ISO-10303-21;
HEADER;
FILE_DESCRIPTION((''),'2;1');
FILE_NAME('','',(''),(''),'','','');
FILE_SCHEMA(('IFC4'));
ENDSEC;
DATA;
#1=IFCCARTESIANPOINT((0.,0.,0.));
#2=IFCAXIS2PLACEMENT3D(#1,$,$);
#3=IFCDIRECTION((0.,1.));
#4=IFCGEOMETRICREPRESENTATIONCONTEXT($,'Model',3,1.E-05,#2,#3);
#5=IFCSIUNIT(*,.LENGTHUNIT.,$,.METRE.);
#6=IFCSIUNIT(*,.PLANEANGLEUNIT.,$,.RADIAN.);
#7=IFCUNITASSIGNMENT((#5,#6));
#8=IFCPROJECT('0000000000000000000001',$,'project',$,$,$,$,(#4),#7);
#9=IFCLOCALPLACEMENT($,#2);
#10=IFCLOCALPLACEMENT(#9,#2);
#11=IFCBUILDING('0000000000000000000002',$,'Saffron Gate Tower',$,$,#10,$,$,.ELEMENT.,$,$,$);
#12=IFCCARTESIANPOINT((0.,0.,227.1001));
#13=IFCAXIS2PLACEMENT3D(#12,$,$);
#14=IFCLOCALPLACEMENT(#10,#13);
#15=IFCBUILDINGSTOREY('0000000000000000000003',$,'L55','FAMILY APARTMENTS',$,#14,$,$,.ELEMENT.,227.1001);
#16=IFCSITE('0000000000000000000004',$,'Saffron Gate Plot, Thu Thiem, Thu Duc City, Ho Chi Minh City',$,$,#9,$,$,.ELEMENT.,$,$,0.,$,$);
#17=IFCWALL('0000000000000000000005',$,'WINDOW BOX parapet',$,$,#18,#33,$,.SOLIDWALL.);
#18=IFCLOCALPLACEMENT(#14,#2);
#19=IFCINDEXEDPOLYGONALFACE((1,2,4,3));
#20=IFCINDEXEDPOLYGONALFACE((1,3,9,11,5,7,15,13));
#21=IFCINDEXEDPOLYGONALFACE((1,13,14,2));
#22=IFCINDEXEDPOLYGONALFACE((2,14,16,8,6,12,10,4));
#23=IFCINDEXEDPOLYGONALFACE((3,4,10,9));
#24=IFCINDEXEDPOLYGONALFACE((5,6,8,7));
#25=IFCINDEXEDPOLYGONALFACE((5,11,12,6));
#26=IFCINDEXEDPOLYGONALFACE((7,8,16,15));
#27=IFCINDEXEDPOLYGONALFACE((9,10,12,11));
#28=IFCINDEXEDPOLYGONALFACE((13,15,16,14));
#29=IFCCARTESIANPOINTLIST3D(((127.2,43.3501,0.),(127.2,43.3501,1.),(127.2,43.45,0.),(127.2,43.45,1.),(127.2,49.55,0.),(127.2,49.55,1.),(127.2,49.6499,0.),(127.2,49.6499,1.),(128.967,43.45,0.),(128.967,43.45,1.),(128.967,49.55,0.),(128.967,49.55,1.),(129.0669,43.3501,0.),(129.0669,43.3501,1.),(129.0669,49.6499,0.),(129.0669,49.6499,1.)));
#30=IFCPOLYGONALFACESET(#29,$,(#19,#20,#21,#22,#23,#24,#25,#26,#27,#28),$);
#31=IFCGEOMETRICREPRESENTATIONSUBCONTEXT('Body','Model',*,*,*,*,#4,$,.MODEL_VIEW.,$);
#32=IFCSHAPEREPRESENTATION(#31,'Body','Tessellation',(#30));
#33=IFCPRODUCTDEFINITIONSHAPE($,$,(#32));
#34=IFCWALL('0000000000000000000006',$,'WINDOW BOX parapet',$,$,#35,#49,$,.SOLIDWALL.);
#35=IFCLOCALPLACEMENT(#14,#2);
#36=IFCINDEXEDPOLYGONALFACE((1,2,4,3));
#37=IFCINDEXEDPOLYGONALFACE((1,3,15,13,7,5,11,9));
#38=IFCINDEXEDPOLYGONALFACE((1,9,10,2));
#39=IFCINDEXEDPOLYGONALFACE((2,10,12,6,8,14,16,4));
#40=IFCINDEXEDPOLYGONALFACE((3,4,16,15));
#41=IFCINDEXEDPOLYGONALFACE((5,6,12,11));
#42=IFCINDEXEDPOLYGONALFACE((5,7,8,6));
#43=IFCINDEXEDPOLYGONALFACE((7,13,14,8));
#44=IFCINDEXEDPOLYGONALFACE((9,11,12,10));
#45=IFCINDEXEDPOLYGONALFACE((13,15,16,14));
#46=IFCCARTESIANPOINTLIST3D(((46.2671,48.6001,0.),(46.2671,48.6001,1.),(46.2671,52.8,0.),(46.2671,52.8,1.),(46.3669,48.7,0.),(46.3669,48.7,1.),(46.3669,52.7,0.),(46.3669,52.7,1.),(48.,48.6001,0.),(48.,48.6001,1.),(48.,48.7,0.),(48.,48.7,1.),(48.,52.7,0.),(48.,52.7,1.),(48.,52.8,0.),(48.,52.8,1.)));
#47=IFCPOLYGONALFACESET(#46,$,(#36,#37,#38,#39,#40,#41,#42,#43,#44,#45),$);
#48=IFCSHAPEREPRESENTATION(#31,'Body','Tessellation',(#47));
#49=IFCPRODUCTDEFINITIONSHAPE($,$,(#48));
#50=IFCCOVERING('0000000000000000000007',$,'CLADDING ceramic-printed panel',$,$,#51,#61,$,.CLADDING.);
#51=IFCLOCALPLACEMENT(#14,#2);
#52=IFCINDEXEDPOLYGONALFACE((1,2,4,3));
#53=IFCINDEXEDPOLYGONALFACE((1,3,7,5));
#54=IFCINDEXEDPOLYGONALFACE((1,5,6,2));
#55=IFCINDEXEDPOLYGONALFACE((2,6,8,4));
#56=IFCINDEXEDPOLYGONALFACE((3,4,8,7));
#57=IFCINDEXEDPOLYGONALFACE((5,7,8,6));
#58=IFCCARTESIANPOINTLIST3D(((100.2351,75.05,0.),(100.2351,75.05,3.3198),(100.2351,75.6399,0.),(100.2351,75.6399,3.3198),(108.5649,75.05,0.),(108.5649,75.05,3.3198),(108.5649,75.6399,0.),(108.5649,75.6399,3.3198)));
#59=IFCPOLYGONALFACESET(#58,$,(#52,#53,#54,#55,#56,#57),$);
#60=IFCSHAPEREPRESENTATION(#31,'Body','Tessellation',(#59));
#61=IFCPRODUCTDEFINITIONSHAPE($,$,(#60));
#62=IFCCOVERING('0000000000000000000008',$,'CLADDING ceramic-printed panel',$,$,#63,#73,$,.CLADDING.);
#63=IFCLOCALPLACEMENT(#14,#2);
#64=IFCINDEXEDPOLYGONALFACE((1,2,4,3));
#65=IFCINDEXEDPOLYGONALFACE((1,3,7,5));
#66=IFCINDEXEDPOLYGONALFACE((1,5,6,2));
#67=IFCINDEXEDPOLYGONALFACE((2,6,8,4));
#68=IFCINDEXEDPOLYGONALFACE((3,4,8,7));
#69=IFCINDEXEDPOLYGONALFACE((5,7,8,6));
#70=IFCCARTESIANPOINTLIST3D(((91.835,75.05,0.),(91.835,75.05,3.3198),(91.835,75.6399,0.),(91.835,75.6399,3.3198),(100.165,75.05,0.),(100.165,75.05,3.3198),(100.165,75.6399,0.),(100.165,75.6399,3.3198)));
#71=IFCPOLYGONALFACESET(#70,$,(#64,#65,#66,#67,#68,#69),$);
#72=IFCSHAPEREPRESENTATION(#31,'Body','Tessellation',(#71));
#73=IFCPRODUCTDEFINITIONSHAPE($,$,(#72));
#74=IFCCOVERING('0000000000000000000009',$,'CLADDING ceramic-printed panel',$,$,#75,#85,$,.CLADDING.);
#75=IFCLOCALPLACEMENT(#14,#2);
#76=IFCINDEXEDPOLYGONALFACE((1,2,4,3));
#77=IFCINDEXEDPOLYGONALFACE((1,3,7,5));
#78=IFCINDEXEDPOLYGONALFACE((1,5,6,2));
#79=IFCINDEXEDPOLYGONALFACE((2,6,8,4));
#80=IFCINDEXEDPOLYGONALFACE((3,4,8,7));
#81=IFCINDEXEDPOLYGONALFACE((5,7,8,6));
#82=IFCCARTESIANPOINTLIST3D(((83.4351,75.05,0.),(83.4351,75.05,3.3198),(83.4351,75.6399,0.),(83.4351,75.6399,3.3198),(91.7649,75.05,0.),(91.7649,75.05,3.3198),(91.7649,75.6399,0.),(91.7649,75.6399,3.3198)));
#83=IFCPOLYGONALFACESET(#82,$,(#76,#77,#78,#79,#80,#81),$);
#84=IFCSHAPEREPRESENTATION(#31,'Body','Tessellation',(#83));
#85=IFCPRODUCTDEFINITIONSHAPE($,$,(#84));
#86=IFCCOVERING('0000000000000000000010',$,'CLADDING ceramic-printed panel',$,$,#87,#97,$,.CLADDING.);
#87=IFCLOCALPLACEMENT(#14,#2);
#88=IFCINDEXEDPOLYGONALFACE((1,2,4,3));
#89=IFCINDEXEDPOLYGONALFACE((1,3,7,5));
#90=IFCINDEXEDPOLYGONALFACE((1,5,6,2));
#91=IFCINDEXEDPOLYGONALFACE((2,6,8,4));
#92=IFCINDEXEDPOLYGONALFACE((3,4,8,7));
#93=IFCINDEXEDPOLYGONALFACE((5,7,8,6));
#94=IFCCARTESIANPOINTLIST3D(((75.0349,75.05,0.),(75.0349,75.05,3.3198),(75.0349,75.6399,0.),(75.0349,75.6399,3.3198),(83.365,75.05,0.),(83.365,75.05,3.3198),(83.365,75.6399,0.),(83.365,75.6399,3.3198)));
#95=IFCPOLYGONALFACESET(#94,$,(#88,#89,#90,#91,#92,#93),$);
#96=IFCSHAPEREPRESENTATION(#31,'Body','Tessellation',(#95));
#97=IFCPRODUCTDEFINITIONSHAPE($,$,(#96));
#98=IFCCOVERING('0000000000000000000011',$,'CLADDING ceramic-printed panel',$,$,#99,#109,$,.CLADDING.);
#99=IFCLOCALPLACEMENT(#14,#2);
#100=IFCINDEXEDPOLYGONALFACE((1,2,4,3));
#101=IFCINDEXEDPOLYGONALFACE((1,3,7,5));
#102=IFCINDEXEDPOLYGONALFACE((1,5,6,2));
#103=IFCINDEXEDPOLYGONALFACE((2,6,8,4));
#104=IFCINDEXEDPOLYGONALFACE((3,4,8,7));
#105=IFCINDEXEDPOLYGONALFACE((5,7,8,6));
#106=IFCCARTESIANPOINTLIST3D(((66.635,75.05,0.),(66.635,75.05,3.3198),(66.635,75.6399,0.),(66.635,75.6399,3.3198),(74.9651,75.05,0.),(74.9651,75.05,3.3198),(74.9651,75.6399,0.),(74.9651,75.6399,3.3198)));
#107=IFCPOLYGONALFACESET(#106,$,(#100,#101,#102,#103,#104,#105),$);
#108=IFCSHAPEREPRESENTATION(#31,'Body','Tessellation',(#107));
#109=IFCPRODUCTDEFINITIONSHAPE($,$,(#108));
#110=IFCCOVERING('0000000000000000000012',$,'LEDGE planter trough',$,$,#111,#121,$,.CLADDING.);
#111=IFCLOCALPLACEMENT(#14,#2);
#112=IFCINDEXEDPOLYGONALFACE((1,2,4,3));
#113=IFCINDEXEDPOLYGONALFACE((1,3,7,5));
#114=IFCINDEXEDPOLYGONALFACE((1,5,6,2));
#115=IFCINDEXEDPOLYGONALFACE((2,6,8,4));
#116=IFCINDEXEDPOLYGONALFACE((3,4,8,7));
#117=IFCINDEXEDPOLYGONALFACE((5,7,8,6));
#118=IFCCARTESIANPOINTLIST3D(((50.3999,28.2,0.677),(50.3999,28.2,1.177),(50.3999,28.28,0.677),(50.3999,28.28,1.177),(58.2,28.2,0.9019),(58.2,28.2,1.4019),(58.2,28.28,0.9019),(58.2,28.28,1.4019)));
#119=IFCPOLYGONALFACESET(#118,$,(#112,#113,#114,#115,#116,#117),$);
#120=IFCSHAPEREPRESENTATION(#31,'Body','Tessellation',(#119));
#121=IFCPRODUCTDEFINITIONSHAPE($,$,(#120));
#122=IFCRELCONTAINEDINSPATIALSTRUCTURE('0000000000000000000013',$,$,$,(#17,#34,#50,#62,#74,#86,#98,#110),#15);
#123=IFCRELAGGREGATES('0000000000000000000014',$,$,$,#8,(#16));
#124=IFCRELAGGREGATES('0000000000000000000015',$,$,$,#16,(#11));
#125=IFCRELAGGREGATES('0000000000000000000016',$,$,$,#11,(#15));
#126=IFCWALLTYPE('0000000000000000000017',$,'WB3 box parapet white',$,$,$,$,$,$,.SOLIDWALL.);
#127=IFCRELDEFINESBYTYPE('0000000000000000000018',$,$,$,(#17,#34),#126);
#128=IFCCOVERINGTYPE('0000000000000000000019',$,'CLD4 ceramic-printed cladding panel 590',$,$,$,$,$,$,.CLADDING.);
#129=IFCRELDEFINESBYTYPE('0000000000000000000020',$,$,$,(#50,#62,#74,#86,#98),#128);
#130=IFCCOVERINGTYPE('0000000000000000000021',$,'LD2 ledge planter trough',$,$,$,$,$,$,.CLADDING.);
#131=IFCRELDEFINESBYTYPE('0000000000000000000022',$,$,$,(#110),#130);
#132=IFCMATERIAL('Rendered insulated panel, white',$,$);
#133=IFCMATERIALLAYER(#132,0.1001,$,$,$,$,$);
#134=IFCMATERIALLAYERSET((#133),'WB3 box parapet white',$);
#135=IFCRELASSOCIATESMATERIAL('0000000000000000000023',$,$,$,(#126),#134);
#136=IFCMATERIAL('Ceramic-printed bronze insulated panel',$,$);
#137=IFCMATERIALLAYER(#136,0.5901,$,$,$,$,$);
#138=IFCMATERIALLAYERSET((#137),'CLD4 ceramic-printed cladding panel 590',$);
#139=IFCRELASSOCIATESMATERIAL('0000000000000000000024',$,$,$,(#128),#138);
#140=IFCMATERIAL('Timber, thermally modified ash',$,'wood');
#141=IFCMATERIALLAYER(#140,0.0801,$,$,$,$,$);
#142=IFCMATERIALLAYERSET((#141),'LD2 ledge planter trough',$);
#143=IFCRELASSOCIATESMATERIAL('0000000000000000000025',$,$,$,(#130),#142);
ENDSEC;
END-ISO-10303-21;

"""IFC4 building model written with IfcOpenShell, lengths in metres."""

from ifc_helpers import new_model, si_unit, direction, frame, origin, place, context, subcontext, project, spatial, polyline, outline, extrude, material, layer, layer_set, type_object, element, save


model = new_model("IFC4")

# Units and contexts
model_context = context("Model", 3, precision=1e-05, world=origin(), true_north=direction((0.0, 1.0)))
body_context = subcontext(model_context, "Body", "Model", "MODEL_VIEW")
ifc_project = project(units=[si_unit("LENGTHUNIT", "METRE"), si_unit("PLANEANGLEUNIT", "RADIAN")], contexts=[model_context])

# Site, building, storey
site_placement = place(None, origin())
site = spatial("IfcSite", under=ifc_project, at=site_placement, Name="Saffron Gate Plot, Thu Thiem, Thu Duc City, Ho Chi Minh City", CompositionType="ELEMENT", RefElevation=0.0)
building_placement = place(site_placement, origin())
building = spatial("IfcBuilding", under=site, at=building_placement, Name="Saffron Gate Tower", CompositionType="ELEMENT")
storey_placement = place(building_placement, frame((0.0, 0.0, 227.1001)))
storey = spatial("IfcBuildingStorey", under=building, at=storey_placement, Name="L55", Description="FAMILY APARTMENTS", CompositionType="ELEMENT", Elevation=227.1001)

# Walls
ifc_material_1 = material(Name="Rendered insulated panel, white")
ifc_layer_1 = layer(ifc_material_1, 0.1001)
ifc_layer_set_1 = layer_set([ifc_layer_1], Name="WB3 box parapet white")
wall_type = type_object("IfcWallType", Name="WB3 box parapet white", PredefinedType="SOLIDWALL", material=ifc_layer_set_1)
wall_1_placement = place(storey_placement, origin())
element("IfcWall", 1, at=wall_1_placement, inside=storey, type_object=wall_type, Name="WINDOW BOX parapet", PredefinedType="SOLIDWALL", context=body_context, shape_type="SweptSolid", body=[
    extrude(outline(polyline([(127.2, 43.3501), (127.2, 43.45), (128.967, 43.45), (128.967, 49.55), (127.2, 49.55), (127.2, 49.6499), (129.0669, 49.6499), (129.0669, 43.3501), (127.2, 43.3501)])), origin(), (0.0, 0.0, 1.0), 1.0),
])
wall_2_placement = place(storey_placement, origin())
element("IfcWall", 2, at=wall_2_placement, inside=storey, type_object=wall_type, Name="WINDOW BOX parapet", PredefinedType="SOLIDWALL", context=body_context, shape_type="SweptSolid", body=[
    extrude(outline(polyline([(48.0, 52.8), (48.0, 52.7), (46.3669, 52.7), (46.3669, 48.7), (48.0, 48.7), (48.0, 48.6001), (46.2671, 48.6001), (46.2671, 52.8), (48.0, 52.8)])), origin(), (0.0, 0.0, 1.0), 1.0),
])

# Coverings
ifc_material_2 = material(Name="Ceramic-printed bronze insulated panel")
ifc_layer_2 = layer(ifc_material_2, 0.5901)
ifc_layer_set_2 = layer_set([ifc_layer_2], Name="CLD4 ceramic-printed cladding panel 590")
covering_type_1 = type_object("IfcCoveringType", Name="CLD4 ceramic-printed cladding panel 590", PredefinedType="CLADDING", material=ifc_layer_set_2)
covering_1_placement = place(storey_placement, origin())
element("IfcCovering", 3, at=covering_1_placement, inside=storey, type_object=covering_type_1, Name="CLADDING ceramic-printed panel", PredefinedType="CLADDING", context=body_context, shape_type="SweptSolid", body=[
    extrude(outline(polyline([(108.5649, 75.6399), (100.2351, 75.6399), (100.2351, 75.05), (108.5649, 75.05), (108.5649, 75.6399)])), origin(), (0.0, 0.0, 1.0), 3.3198),
])
covering_2_placement = place(storey_placement, origin())
element("IfcCovering", 4, at=covering_2_placement, inside=storey, type_object=covering_type_1, Name="CLADDING ceramic-printed panel", PredefinedType="CLADDING", context=body_context, shape_type="SweptSolid", body=[
    extrude(outline(polyline([(100.165, 75.6399), (91.835, 75.6399), (91.835, 75.05), (100.165, 75.05), (100.165, 75.6399)])), origin(), (0.0, 0.0, 1.0), 3.3198),
])
covering_3_placement = place(storey_placement, origin())
element("IfcCovering", 5, at=covering_3_placement, inside=storey, type_object=covering_type_1, Name="CLADDING ceramic-printed panel", PredefinedType="CLADDING", context=body_context, shape_type="SweptSolid", body=[
    extrude(outline(polyline([(91.7649, 75.6399), (83.4351, 75.6399), (83.4351, 75.05), (91.7649, 75.05), (91.7649, 75.6399)])), origin(), (0.0, 0.0, 1.0), 3.3198),
])
covering_4_placement = place(storey_placement, origin())
element("IfcCovering", 6, at=covering_4_placement, inside=storey, type_object=covering_type_1, Name="CLADDING ceramic-printed panel", PredefinedType="CLADDING", context=body_context, shape_type="SweptSolid", body=[
    extrude(outline(polyline([(83.365, 75.6399), (75.0349, 75.6399), (75.0349, 75.05), (83.365, 75.05), (83.365, 75.6399)])), origin(), (0.0, 0.0, 1.0), 3.3198),
])
covering_5_placement = place(storey_placement, origin())
element("IfcCovering", 7, at=covering_5_placement, inside=storey, type_object=covering_type_1, Name="CLADDING ceramic-printed panel", PredefinedType="CLADDING", context=body_context, shape_type="SweptSolid", body=[
    extrude(outline(polyline([(74.9651, 75.6399), (66.635, 75.6399), (66.635, 75.05), (74.9651, 75.05), (74.9651, 75.6399)])), origin(), (0.0, 0.0, 1.0), 3.3198),
])
ifc_material_3 = material(Name="Timber, thermally modified ash", Category="wood")
ifc_layer_3 = layer(ifc_material_3, 0.0801)
ifc_layer_set_3 = layer_set([ifc_layer_3], Name="LD2 ledge planter trough")
covering_type_2 = type_object("IfcCoveringType", Name="LD2 ledge planter trough", PredefinedType="CLADDING", material=ifc_layer_set_3)
covering_6_placement = place(storey_placement, frame((50.3999, 28.2, 0.677), z_axis=(0.0, -1.0, 0.0), x_axis=(0.999585, 0.0, 0.028815)))
element("IfcCovering", 8, at=covering_6_placement, inside=storey, type_object=covering_type_2, Name="LEDGE planter trough", PredefinedType="CLADDING", context=body_context, shape_type="SweptSolid", body=[
    extrude(outline(polyline([(0.0, 0.0), (7.8033, 0.0), (7.8177, 0.4998), (0.0144, 0.4998), (0.0, 0.0)])), origin(), (0.0, 0.0, -1.0), 0.0801),
])

save(model, "model.ifc")
